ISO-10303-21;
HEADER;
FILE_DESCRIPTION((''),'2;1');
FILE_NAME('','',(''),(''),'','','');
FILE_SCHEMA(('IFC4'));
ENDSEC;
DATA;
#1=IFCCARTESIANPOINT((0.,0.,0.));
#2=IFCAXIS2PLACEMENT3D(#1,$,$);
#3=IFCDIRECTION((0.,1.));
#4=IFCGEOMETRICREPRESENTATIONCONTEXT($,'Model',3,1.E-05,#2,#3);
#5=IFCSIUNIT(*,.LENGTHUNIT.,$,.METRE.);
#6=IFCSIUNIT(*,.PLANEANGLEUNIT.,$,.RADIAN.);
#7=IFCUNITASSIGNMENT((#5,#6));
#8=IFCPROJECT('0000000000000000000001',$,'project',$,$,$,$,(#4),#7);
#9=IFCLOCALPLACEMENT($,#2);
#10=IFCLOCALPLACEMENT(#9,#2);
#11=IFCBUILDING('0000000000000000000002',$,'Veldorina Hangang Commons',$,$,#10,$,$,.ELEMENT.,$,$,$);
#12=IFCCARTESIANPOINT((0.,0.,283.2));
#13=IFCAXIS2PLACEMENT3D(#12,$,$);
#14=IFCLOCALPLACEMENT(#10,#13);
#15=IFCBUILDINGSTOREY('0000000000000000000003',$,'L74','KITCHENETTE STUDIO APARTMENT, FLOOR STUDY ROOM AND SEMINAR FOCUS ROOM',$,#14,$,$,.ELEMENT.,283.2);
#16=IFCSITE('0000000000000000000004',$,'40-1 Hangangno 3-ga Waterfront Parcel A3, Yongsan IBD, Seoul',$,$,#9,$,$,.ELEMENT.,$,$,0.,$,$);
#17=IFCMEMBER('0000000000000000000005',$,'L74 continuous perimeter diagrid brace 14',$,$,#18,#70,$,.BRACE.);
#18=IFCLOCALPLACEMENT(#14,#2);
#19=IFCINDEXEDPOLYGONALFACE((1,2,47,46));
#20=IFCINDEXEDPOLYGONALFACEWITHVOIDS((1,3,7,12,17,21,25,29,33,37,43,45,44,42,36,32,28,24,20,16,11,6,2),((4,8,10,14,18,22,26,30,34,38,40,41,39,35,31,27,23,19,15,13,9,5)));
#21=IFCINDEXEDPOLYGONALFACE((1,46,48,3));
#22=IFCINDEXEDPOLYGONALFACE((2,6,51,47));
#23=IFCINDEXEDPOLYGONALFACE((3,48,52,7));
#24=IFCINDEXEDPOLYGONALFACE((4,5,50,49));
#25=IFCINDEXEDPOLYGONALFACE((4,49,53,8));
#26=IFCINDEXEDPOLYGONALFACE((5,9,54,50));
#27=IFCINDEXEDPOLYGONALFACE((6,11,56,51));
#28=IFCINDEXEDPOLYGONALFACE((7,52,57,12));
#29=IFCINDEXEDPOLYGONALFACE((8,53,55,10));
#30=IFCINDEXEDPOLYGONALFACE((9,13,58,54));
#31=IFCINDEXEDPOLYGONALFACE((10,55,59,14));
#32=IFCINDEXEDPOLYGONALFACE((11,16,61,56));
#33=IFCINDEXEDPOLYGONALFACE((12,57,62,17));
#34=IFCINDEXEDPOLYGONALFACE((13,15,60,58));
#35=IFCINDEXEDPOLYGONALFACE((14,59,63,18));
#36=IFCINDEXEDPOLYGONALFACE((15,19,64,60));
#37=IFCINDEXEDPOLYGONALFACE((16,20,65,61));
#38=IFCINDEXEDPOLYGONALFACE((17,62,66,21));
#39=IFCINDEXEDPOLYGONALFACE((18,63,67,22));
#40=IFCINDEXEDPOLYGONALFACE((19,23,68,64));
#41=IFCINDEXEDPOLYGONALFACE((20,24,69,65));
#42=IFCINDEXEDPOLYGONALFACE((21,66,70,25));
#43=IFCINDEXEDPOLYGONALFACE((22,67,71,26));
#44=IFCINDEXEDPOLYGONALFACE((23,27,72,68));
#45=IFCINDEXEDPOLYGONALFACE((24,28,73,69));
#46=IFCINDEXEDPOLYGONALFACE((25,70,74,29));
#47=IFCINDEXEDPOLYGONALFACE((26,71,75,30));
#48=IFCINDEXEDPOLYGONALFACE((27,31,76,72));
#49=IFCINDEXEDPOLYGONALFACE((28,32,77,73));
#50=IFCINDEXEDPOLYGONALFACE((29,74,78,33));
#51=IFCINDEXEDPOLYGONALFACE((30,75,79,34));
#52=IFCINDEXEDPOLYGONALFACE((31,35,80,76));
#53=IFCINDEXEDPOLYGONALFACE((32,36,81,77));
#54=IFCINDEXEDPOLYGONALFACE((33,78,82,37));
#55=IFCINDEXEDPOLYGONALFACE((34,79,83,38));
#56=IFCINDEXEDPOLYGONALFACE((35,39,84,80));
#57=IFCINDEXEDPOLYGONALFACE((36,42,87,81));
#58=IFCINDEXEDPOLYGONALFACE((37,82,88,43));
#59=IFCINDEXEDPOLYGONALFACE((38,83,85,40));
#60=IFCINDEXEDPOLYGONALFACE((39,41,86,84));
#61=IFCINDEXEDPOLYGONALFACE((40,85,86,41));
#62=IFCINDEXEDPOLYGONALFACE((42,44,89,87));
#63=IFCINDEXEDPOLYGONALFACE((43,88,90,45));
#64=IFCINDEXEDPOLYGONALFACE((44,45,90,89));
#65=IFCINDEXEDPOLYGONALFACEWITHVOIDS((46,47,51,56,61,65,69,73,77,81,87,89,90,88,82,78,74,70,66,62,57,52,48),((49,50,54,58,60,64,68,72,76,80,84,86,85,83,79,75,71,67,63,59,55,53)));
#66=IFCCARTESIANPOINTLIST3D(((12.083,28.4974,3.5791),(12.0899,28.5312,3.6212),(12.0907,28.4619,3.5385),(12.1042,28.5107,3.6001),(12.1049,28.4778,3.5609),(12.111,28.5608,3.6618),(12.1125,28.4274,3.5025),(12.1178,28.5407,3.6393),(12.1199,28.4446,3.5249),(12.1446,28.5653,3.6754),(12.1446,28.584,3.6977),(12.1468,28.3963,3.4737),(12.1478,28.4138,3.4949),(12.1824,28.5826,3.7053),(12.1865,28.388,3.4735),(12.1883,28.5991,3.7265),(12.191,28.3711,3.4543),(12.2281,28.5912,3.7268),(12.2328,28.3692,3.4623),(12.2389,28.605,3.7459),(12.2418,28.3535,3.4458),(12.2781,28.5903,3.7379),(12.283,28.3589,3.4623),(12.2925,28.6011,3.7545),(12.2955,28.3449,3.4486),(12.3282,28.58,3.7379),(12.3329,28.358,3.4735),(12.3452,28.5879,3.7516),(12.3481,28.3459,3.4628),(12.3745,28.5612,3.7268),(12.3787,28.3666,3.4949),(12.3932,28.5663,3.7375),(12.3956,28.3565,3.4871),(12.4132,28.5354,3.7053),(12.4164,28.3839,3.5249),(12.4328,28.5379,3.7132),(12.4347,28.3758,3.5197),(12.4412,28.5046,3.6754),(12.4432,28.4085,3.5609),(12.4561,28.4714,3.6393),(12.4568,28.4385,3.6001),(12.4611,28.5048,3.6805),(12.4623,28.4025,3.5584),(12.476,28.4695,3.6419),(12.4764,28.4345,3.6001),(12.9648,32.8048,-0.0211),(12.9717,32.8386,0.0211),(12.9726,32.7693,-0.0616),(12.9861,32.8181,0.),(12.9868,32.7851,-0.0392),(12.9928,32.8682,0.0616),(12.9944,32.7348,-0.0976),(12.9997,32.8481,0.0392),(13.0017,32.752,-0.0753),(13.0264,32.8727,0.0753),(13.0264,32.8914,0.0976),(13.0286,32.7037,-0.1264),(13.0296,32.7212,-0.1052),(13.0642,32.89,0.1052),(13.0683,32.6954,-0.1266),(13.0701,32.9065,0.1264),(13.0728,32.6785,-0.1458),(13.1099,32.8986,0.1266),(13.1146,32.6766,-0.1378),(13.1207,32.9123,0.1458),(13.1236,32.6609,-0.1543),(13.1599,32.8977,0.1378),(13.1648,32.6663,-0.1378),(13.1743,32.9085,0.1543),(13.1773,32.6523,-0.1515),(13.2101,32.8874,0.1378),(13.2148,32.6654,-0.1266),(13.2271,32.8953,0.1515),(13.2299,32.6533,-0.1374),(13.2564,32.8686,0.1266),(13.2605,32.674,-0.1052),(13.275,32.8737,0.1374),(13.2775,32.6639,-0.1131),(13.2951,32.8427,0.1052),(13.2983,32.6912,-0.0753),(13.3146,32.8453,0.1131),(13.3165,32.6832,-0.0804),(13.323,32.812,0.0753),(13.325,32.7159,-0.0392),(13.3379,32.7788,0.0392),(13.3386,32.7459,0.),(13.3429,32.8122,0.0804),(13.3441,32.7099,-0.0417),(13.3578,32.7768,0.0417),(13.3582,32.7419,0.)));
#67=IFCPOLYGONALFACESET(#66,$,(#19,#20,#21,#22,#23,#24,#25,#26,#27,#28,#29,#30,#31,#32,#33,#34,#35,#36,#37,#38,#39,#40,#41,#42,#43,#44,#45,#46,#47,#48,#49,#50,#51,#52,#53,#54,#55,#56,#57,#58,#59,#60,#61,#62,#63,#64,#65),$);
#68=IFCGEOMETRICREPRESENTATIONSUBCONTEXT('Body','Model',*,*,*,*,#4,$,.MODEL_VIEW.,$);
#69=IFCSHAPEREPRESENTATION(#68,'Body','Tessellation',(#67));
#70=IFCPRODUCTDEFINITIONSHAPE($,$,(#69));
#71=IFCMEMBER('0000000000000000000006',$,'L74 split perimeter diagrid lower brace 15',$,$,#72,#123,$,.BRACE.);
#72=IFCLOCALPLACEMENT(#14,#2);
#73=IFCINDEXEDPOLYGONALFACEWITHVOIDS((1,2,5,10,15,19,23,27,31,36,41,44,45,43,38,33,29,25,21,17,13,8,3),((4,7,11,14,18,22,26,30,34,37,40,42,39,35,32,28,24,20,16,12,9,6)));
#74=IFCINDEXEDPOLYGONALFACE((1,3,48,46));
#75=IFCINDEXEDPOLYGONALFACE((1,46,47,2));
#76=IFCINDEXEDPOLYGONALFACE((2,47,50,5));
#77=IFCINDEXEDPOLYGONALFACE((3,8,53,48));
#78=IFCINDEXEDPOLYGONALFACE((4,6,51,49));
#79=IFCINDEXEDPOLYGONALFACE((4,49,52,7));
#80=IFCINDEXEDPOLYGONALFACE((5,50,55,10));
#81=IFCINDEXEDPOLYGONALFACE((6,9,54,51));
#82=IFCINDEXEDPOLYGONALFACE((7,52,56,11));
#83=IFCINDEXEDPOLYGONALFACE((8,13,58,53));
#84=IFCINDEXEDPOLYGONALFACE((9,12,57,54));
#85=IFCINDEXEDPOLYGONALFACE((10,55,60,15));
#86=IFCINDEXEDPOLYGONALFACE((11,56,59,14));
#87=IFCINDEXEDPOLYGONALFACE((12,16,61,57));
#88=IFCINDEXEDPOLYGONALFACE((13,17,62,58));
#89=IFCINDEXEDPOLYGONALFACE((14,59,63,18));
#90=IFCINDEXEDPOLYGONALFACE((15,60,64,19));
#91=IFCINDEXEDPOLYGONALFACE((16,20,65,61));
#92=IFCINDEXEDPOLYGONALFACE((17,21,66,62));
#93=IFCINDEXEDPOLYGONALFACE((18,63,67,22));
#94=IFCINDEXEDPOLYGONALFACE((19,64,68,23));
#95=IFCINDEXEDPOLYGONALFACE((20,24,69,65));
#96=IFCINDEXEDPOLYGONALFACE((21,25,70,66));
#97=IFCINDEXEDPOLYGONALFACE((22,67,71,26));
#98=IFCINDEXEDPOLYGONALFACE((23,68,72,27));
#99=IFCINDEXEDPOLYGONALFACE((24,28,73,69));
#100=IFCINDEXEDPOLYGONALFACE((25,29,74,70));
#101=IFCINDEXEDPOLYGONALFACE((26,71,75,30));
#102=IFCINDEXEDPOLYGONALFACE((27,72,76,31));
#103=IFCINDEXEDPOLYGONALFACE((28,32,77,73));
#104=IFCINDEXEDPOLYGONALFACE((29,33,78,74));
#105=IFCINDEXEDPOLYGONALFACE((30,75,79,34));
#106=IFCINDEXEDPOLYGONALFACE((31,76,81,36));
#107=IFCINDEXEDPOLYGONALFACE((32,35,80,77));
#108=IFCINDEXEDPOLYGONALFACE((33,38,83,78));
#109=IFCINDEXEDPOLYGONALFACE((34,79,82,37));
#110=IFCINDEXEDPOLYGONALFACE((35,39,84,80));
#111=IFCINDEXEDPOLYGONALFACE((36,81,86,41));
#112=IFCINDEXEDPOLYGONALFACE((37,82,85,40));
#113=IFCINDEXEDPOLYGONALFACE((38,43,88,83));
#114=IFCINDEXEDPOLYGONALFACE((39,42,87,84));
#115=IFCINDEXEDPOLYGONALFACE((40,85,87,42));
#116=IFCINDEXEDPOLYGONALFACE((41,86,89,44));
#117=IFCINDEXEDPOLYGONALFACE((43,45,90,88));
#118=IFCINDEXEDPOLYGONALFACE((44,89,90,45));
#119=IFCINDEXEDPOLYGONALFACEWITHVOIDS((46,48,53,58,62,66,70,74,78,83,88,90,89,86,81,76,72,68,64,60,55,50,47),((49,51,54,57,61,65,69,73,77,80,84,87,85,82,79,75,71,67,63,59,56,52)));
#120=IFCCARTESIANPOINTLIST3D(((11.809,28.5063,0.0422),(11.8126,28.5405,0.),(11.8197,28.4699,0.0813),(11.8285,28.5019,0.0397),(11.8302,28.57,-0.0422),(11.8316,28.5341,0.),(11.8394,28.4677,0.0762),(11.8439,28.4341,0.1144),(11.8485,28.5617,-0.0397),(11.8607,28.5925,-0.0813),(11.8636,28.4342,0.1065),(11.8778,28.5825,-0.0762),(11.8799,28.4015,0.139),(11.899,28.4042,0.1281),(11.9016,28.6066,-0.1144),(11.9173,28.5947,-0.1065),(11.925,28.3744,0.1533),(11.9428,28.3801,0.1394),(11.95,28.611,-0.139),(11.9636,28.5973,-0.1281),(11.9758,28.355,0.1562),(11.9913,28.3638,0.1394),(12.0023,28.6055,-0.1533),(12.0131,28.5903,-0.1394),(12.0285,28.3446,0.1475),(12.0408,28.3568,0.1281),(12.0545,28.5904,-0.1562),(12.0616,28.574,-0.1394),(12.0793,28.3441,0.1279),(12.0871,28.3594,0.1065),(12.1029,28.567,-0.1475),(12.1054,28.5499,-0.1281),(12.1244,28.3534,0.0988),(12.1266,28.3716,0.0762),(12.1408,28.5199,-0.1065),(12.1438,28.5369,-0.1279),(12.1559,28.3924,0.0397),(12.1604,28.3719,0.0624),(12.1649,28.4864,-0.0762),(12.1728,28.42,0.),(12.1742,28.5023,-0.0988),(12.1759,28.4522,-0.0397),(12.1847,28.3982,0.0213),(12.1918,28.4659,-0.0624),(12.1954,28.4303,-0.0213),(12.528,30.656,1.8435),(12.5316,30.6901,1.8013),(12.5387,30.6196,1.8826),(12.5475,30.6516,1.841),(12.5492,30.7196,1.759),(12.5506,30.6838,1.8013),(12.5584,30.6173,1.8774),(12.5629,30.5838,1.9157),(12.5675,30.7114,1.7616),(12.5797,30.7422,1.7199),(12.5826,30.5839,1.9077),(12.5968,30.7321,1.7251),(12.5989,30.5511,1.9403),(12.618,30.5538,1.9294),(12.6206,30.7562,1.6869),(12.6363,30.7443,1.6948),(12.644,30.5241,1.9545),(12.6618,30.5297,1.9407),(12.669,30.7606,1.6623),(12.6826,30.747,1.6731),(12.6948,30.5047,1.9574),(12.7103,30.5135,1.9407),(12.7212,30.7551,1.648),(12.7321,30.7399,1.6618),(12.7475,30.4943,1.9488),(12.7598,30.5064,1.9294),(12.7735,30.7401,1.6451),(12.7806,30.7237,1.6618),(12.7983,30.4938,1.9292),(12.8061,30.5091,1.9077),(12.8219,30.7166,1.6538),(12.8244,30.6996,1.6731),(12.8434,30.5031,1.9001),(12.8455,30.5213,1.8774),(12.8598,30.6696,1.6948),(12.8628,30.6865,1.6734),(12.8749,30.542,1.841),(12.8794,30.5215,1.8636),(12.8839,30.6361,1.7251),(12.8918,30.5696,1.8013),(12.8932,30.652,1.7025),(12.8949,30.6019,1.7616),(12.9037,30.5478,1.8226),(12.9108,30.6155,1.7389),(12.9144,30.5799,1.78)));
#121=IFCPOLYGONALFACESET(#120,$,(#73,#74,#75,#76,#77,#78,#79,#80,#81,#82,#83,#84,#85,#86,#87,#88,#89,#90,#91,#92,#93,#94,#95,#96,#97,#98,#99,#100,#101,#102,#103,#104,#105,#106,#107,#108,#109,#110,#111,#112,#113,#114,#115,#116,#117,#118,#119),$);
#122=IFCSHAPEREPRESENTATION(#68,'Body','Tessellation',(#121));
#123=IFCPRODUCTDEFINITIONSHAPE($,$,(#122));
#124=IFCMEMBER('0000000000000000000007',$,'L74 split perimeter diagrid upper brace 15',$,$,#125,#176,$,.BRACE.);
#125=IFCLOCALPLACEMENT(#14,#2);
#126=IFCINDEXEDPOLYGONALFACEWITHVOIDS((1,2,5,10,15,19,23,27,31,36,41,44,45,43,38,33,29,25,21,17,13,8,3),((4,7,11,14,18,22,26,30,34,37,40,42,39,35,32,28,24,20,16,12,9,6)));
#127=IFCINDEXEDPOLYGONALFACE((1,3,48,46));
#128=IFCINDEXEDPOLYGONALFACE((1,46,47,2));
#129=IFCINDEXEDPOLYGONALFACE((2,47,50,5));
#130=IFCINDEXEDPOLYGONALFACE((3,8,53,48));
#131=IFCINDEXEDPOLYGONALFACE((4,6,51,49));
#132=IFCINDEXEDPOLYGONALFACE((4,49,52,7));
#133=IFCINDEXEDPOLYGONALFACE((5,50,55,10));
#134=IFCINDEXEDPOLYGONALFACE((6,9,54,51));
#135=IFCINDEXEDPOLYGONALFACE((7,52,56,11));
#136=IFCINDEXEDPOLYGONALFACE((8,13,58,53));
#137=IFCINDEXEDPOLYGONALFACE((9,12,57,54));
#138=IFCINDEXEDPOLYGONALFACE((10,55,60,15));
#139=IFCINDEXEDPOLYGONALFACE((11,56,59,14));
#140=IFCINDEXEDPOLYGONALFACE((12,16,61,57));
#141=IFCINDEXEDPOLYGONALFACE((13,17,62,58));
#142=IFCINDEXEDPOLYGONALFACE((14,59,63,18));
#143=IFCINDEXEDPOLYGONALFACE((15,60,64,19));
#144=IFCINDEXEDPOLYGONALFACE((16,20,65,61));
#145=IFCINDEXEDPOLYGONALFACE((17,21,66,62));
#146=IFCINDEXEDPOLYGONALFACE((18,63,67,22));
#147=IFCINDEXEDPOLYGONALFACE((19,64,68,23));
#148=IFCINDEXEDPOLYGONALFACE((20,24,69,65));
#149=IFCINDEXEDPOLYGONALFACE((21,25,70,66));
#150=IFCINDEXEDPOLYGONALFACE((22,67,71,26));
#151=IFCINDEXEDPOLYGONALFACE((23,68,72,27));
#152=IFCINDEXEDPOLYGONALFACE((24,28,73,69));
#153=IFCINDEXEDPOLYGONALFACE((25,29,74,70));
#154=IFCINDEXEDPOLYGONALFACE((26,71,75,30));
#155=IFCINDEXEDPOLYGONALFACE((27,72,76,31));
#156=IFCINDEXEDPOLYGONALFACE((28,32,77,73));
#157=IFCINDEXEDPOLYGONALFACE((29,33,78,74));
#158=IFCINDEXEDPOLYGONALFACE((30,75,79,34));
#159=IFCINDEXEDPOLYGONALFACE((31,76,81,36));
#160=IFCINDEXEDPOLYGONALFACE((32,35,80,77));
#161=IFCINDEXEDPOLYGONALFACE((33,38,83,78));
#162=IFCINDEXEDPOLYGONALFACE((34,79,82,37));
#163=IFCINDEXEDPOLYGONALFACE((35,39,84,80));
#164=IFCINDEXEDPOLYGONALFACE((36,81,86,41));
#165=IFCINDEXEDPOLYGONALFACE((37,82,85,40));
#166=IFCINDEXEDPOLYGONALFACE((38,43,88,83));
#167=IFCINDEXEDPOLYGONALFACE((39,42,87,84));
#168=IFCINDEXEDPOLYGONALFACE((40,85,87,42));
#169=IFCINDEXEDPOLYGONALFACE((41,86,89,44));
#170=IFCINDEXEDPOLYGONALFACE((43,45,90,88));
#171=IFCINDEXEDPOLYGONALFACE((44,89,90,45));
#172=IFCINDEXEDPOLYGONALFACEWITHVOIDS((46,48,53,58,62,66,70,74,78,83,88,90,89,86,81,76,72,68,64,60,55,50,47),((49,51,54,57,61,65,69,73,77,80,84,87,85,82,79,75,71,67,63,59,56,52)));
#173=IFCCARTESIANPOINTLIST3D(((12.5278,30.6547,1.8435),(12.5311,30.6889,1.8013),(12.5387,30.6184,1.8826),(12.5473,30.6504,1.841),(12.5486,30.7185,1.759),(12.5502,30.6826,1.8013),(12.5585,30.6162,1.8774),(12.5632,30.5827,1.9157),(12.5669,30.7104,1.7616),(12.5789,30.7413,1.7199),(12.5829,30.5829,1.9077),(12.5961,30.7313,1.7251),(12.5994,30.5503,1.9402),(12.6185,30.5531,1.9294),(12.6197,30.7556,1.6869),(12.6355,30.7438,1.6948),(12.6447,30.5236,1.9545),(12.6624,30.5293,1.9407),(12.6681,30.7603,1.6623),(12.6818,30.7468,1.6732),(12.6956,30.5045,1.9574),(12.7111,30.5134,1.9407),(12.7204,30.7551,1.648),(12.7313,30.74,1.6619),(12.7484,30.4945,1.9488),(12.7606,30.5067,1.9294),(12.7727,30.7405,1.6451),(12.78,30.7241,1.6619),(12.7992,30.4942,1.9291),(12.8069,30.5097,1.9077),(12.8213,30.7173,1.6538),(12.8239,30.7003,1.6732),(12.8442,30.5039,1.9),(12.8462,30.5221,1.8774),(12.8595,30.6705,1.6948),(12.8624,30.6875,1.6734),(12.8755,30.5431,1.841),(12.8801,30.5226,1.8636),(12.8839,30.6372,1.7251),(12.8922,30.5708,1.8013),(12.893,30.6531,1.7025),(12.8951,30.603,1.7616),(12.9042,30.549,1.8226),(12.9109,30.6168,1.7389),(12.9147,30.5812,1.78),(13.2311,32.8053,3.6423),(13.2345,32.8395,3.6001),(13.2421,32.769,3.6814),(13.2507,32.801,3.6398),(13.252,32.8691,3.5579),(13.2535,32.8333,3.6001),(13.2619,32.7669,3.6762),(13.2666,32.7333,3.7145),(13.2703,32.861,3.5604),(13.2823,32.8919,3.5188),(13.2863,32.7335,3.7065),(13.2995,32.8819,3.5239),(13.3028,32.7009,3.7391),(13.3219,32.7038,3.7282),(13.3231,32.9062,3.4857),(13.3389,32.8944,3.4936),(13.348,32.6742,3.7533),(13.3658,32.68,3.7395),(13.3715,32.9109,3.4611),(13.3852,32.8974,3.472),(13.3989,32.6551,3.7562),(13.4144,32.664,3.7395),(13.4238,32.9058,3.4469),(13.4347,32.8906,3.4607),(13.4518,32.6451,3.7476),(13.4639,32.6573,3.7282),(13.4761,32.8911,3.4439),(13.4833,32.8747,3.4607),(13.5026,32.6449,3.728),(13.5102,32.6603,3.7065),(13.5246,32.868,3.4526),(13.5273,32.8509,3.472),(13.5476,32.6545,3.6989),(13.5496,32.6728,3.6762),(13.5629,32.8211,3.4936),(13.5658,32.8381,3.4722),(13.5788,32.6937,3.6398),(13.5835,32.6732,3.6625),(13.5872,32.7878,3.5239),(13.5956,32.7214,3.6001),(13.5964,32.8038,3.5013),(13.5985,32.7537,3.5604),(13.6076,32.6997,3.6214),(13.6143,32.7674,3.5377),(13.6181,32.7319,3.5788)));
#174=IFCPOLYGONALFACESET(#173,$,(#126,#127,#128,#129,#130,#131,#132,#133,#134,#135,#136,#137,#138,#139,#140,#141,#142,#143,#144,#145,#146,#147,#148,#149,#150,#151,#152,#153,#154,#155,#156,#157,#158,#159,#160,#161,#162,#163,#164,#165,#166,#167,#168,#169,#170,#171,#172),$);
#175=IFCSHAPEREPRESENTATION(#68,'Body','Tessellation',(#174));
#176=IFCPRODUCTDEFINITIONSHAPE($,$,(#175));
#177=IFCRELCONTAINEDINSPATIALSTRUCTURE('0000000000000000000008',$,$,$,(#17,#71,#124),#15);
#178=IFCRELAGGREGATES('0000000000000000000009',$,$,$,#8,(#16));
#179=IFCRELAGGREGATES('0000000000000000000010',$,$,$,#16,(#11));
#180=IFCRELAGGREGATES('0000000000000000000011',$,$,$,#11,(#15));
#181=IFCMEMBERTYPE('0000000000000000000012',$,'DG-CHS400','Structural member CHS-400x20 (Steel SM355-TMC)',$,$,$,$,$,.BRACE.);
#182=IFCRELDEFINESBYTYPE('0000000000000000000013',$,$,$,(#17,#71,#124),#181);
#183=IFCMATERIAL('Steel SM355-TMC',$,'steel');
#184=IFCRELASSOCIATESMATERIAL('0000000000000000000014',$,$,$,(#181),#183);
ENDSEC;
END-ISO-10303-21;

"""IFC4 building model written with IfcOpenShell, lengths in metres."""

from ifc_helpers import new_model, si_unit, direction, frame, origin, origin_2d, place, context, subcontext, project, spatial, hollow_circle, extrude, material, material_profile, profile_set, type_object, element, save


model = new_model("IFC4")

# Units and contexts
model_context = context("Model", 3, precision=1e-05, world=origin(), true_north=direction((0.0, 1.0)))
body_context = subcontext(model_context, "Body", "Model", "MODEL_VIEW")
ifc_project = project(units=[si_unit("LENGTHUNIT", "METRE"), si_unit("PLANEANGLEUNIT", "RADIAN")], contexts=[model_context])

# Site, building, storey
site_placement = place(None, origin())
site = spatial("IfcSite", under=ifc_project, at=site_placement, Name="40-1 Hangangno 3-ga Waterfront Parcel A3, Yongsan IBD, Seoul", CompositionType="ELEMENT", RefElevation=0.0)
building_placement = place(site_placement, origin())
building = spatial("IfcBuilding", under=site, at=building_placement, Name="Veldorina Hangang Commons", CompositionType="ELEMENT")
storey_placement = place(building_placement, frame((0.0, 0.0, 283.2)))
storey = spatial("IfcBuildingStorey", under=building, at=storey_placement, Name="L74", Description="KITCHENETTE STUDIO APARTMENT, FLOOR STUDY ROOM AND SEMINAR FOCUS ROOM", CompositionType="ELEMENT", Elevation=283.2)

# Shared definitions
ifc_material_1 = material(Name="Steel SM355-TMC", Category="steel")

# Members
ifc_material_profile_1 = material_profile(ifc_material_1, hollow_circle(Radius=0.2, WallThickness=0.02, at=origin_2d()), Name="CHS-400x20")
ifc_profile_set_1 = profile_set([ifc_material_profile_1], Name="Steel SM355-TMC")
member_type_1 = type_object("IfcMemberType", Name="DG-CHS400", Description="Structural member CHS-400x20 (Steel SM355-TMC)", PredefinedType="BRACE", material=ifc_profile_set_1)
member_1_placement = place(storey_placement, frame((13.1624, 32.782, 0.0), z_axis=(-0.155182, -0.757995, 0.633531), x_axis=(0.97968, -0.200567, 0.0)))
element("IfcMember", 1, at=member_1_placement, inside=storey, type_object=member_type_1, Name="L74 continuous perimeter diagrid brace 14", PredefinedType="BRACE", context=body_context, shape_type="SweptSolid", body=[
    extrude(hollow_circle(Radius=0.2, WallThickness=0.02, at=origin_2d()), origin(), (0.0, 0.0, 1.0), 5.6826),
])
member_2_placement = place(storey_placement, frame((12.0022, 28.4771, 0.0), z_axis=(0.248335, 0.742474, 0.622143), x_axis=(-0.94836, 0.317197, 0.0)))
element("IfcMember", 2, at=member_2_placement, inside=storey, type_object=member_type_1, Name="L74 split perimeter diagrid lower brace 15", PredefinedType="BRACE", context=body_context, shape_type="SweptSolid", body=[
    extrude(hollow_circle(Radius=0.2, WallThickness=0.02, at=origin_2d()), origin(), (0.0, 0.0, 1.0), 2.8953),
])
member_3_placement = place(storey_placement, frame((12.7212, 30.6267, 1.8013), z_axis=(0.243327, 0.744002, 0.622296), x_axis=(-0.950459, 0.310849, 0.0)))
element("IfcMember", 3, at=member_3_placement, inside=storey, type_object=member_type_1, Name="L74 split perimeter diagrid upper brace 15", PredefinedType="BRACE", context=body_context, shape_type="SweptSolid", body=[
    extrude(hollow_circle(Radius=0.2, WallThickness=0.02, at=origin_2d()), origin(), (0.0, 0.0, 1.0), 2.8906),
])

save(model, "model.ifc")
